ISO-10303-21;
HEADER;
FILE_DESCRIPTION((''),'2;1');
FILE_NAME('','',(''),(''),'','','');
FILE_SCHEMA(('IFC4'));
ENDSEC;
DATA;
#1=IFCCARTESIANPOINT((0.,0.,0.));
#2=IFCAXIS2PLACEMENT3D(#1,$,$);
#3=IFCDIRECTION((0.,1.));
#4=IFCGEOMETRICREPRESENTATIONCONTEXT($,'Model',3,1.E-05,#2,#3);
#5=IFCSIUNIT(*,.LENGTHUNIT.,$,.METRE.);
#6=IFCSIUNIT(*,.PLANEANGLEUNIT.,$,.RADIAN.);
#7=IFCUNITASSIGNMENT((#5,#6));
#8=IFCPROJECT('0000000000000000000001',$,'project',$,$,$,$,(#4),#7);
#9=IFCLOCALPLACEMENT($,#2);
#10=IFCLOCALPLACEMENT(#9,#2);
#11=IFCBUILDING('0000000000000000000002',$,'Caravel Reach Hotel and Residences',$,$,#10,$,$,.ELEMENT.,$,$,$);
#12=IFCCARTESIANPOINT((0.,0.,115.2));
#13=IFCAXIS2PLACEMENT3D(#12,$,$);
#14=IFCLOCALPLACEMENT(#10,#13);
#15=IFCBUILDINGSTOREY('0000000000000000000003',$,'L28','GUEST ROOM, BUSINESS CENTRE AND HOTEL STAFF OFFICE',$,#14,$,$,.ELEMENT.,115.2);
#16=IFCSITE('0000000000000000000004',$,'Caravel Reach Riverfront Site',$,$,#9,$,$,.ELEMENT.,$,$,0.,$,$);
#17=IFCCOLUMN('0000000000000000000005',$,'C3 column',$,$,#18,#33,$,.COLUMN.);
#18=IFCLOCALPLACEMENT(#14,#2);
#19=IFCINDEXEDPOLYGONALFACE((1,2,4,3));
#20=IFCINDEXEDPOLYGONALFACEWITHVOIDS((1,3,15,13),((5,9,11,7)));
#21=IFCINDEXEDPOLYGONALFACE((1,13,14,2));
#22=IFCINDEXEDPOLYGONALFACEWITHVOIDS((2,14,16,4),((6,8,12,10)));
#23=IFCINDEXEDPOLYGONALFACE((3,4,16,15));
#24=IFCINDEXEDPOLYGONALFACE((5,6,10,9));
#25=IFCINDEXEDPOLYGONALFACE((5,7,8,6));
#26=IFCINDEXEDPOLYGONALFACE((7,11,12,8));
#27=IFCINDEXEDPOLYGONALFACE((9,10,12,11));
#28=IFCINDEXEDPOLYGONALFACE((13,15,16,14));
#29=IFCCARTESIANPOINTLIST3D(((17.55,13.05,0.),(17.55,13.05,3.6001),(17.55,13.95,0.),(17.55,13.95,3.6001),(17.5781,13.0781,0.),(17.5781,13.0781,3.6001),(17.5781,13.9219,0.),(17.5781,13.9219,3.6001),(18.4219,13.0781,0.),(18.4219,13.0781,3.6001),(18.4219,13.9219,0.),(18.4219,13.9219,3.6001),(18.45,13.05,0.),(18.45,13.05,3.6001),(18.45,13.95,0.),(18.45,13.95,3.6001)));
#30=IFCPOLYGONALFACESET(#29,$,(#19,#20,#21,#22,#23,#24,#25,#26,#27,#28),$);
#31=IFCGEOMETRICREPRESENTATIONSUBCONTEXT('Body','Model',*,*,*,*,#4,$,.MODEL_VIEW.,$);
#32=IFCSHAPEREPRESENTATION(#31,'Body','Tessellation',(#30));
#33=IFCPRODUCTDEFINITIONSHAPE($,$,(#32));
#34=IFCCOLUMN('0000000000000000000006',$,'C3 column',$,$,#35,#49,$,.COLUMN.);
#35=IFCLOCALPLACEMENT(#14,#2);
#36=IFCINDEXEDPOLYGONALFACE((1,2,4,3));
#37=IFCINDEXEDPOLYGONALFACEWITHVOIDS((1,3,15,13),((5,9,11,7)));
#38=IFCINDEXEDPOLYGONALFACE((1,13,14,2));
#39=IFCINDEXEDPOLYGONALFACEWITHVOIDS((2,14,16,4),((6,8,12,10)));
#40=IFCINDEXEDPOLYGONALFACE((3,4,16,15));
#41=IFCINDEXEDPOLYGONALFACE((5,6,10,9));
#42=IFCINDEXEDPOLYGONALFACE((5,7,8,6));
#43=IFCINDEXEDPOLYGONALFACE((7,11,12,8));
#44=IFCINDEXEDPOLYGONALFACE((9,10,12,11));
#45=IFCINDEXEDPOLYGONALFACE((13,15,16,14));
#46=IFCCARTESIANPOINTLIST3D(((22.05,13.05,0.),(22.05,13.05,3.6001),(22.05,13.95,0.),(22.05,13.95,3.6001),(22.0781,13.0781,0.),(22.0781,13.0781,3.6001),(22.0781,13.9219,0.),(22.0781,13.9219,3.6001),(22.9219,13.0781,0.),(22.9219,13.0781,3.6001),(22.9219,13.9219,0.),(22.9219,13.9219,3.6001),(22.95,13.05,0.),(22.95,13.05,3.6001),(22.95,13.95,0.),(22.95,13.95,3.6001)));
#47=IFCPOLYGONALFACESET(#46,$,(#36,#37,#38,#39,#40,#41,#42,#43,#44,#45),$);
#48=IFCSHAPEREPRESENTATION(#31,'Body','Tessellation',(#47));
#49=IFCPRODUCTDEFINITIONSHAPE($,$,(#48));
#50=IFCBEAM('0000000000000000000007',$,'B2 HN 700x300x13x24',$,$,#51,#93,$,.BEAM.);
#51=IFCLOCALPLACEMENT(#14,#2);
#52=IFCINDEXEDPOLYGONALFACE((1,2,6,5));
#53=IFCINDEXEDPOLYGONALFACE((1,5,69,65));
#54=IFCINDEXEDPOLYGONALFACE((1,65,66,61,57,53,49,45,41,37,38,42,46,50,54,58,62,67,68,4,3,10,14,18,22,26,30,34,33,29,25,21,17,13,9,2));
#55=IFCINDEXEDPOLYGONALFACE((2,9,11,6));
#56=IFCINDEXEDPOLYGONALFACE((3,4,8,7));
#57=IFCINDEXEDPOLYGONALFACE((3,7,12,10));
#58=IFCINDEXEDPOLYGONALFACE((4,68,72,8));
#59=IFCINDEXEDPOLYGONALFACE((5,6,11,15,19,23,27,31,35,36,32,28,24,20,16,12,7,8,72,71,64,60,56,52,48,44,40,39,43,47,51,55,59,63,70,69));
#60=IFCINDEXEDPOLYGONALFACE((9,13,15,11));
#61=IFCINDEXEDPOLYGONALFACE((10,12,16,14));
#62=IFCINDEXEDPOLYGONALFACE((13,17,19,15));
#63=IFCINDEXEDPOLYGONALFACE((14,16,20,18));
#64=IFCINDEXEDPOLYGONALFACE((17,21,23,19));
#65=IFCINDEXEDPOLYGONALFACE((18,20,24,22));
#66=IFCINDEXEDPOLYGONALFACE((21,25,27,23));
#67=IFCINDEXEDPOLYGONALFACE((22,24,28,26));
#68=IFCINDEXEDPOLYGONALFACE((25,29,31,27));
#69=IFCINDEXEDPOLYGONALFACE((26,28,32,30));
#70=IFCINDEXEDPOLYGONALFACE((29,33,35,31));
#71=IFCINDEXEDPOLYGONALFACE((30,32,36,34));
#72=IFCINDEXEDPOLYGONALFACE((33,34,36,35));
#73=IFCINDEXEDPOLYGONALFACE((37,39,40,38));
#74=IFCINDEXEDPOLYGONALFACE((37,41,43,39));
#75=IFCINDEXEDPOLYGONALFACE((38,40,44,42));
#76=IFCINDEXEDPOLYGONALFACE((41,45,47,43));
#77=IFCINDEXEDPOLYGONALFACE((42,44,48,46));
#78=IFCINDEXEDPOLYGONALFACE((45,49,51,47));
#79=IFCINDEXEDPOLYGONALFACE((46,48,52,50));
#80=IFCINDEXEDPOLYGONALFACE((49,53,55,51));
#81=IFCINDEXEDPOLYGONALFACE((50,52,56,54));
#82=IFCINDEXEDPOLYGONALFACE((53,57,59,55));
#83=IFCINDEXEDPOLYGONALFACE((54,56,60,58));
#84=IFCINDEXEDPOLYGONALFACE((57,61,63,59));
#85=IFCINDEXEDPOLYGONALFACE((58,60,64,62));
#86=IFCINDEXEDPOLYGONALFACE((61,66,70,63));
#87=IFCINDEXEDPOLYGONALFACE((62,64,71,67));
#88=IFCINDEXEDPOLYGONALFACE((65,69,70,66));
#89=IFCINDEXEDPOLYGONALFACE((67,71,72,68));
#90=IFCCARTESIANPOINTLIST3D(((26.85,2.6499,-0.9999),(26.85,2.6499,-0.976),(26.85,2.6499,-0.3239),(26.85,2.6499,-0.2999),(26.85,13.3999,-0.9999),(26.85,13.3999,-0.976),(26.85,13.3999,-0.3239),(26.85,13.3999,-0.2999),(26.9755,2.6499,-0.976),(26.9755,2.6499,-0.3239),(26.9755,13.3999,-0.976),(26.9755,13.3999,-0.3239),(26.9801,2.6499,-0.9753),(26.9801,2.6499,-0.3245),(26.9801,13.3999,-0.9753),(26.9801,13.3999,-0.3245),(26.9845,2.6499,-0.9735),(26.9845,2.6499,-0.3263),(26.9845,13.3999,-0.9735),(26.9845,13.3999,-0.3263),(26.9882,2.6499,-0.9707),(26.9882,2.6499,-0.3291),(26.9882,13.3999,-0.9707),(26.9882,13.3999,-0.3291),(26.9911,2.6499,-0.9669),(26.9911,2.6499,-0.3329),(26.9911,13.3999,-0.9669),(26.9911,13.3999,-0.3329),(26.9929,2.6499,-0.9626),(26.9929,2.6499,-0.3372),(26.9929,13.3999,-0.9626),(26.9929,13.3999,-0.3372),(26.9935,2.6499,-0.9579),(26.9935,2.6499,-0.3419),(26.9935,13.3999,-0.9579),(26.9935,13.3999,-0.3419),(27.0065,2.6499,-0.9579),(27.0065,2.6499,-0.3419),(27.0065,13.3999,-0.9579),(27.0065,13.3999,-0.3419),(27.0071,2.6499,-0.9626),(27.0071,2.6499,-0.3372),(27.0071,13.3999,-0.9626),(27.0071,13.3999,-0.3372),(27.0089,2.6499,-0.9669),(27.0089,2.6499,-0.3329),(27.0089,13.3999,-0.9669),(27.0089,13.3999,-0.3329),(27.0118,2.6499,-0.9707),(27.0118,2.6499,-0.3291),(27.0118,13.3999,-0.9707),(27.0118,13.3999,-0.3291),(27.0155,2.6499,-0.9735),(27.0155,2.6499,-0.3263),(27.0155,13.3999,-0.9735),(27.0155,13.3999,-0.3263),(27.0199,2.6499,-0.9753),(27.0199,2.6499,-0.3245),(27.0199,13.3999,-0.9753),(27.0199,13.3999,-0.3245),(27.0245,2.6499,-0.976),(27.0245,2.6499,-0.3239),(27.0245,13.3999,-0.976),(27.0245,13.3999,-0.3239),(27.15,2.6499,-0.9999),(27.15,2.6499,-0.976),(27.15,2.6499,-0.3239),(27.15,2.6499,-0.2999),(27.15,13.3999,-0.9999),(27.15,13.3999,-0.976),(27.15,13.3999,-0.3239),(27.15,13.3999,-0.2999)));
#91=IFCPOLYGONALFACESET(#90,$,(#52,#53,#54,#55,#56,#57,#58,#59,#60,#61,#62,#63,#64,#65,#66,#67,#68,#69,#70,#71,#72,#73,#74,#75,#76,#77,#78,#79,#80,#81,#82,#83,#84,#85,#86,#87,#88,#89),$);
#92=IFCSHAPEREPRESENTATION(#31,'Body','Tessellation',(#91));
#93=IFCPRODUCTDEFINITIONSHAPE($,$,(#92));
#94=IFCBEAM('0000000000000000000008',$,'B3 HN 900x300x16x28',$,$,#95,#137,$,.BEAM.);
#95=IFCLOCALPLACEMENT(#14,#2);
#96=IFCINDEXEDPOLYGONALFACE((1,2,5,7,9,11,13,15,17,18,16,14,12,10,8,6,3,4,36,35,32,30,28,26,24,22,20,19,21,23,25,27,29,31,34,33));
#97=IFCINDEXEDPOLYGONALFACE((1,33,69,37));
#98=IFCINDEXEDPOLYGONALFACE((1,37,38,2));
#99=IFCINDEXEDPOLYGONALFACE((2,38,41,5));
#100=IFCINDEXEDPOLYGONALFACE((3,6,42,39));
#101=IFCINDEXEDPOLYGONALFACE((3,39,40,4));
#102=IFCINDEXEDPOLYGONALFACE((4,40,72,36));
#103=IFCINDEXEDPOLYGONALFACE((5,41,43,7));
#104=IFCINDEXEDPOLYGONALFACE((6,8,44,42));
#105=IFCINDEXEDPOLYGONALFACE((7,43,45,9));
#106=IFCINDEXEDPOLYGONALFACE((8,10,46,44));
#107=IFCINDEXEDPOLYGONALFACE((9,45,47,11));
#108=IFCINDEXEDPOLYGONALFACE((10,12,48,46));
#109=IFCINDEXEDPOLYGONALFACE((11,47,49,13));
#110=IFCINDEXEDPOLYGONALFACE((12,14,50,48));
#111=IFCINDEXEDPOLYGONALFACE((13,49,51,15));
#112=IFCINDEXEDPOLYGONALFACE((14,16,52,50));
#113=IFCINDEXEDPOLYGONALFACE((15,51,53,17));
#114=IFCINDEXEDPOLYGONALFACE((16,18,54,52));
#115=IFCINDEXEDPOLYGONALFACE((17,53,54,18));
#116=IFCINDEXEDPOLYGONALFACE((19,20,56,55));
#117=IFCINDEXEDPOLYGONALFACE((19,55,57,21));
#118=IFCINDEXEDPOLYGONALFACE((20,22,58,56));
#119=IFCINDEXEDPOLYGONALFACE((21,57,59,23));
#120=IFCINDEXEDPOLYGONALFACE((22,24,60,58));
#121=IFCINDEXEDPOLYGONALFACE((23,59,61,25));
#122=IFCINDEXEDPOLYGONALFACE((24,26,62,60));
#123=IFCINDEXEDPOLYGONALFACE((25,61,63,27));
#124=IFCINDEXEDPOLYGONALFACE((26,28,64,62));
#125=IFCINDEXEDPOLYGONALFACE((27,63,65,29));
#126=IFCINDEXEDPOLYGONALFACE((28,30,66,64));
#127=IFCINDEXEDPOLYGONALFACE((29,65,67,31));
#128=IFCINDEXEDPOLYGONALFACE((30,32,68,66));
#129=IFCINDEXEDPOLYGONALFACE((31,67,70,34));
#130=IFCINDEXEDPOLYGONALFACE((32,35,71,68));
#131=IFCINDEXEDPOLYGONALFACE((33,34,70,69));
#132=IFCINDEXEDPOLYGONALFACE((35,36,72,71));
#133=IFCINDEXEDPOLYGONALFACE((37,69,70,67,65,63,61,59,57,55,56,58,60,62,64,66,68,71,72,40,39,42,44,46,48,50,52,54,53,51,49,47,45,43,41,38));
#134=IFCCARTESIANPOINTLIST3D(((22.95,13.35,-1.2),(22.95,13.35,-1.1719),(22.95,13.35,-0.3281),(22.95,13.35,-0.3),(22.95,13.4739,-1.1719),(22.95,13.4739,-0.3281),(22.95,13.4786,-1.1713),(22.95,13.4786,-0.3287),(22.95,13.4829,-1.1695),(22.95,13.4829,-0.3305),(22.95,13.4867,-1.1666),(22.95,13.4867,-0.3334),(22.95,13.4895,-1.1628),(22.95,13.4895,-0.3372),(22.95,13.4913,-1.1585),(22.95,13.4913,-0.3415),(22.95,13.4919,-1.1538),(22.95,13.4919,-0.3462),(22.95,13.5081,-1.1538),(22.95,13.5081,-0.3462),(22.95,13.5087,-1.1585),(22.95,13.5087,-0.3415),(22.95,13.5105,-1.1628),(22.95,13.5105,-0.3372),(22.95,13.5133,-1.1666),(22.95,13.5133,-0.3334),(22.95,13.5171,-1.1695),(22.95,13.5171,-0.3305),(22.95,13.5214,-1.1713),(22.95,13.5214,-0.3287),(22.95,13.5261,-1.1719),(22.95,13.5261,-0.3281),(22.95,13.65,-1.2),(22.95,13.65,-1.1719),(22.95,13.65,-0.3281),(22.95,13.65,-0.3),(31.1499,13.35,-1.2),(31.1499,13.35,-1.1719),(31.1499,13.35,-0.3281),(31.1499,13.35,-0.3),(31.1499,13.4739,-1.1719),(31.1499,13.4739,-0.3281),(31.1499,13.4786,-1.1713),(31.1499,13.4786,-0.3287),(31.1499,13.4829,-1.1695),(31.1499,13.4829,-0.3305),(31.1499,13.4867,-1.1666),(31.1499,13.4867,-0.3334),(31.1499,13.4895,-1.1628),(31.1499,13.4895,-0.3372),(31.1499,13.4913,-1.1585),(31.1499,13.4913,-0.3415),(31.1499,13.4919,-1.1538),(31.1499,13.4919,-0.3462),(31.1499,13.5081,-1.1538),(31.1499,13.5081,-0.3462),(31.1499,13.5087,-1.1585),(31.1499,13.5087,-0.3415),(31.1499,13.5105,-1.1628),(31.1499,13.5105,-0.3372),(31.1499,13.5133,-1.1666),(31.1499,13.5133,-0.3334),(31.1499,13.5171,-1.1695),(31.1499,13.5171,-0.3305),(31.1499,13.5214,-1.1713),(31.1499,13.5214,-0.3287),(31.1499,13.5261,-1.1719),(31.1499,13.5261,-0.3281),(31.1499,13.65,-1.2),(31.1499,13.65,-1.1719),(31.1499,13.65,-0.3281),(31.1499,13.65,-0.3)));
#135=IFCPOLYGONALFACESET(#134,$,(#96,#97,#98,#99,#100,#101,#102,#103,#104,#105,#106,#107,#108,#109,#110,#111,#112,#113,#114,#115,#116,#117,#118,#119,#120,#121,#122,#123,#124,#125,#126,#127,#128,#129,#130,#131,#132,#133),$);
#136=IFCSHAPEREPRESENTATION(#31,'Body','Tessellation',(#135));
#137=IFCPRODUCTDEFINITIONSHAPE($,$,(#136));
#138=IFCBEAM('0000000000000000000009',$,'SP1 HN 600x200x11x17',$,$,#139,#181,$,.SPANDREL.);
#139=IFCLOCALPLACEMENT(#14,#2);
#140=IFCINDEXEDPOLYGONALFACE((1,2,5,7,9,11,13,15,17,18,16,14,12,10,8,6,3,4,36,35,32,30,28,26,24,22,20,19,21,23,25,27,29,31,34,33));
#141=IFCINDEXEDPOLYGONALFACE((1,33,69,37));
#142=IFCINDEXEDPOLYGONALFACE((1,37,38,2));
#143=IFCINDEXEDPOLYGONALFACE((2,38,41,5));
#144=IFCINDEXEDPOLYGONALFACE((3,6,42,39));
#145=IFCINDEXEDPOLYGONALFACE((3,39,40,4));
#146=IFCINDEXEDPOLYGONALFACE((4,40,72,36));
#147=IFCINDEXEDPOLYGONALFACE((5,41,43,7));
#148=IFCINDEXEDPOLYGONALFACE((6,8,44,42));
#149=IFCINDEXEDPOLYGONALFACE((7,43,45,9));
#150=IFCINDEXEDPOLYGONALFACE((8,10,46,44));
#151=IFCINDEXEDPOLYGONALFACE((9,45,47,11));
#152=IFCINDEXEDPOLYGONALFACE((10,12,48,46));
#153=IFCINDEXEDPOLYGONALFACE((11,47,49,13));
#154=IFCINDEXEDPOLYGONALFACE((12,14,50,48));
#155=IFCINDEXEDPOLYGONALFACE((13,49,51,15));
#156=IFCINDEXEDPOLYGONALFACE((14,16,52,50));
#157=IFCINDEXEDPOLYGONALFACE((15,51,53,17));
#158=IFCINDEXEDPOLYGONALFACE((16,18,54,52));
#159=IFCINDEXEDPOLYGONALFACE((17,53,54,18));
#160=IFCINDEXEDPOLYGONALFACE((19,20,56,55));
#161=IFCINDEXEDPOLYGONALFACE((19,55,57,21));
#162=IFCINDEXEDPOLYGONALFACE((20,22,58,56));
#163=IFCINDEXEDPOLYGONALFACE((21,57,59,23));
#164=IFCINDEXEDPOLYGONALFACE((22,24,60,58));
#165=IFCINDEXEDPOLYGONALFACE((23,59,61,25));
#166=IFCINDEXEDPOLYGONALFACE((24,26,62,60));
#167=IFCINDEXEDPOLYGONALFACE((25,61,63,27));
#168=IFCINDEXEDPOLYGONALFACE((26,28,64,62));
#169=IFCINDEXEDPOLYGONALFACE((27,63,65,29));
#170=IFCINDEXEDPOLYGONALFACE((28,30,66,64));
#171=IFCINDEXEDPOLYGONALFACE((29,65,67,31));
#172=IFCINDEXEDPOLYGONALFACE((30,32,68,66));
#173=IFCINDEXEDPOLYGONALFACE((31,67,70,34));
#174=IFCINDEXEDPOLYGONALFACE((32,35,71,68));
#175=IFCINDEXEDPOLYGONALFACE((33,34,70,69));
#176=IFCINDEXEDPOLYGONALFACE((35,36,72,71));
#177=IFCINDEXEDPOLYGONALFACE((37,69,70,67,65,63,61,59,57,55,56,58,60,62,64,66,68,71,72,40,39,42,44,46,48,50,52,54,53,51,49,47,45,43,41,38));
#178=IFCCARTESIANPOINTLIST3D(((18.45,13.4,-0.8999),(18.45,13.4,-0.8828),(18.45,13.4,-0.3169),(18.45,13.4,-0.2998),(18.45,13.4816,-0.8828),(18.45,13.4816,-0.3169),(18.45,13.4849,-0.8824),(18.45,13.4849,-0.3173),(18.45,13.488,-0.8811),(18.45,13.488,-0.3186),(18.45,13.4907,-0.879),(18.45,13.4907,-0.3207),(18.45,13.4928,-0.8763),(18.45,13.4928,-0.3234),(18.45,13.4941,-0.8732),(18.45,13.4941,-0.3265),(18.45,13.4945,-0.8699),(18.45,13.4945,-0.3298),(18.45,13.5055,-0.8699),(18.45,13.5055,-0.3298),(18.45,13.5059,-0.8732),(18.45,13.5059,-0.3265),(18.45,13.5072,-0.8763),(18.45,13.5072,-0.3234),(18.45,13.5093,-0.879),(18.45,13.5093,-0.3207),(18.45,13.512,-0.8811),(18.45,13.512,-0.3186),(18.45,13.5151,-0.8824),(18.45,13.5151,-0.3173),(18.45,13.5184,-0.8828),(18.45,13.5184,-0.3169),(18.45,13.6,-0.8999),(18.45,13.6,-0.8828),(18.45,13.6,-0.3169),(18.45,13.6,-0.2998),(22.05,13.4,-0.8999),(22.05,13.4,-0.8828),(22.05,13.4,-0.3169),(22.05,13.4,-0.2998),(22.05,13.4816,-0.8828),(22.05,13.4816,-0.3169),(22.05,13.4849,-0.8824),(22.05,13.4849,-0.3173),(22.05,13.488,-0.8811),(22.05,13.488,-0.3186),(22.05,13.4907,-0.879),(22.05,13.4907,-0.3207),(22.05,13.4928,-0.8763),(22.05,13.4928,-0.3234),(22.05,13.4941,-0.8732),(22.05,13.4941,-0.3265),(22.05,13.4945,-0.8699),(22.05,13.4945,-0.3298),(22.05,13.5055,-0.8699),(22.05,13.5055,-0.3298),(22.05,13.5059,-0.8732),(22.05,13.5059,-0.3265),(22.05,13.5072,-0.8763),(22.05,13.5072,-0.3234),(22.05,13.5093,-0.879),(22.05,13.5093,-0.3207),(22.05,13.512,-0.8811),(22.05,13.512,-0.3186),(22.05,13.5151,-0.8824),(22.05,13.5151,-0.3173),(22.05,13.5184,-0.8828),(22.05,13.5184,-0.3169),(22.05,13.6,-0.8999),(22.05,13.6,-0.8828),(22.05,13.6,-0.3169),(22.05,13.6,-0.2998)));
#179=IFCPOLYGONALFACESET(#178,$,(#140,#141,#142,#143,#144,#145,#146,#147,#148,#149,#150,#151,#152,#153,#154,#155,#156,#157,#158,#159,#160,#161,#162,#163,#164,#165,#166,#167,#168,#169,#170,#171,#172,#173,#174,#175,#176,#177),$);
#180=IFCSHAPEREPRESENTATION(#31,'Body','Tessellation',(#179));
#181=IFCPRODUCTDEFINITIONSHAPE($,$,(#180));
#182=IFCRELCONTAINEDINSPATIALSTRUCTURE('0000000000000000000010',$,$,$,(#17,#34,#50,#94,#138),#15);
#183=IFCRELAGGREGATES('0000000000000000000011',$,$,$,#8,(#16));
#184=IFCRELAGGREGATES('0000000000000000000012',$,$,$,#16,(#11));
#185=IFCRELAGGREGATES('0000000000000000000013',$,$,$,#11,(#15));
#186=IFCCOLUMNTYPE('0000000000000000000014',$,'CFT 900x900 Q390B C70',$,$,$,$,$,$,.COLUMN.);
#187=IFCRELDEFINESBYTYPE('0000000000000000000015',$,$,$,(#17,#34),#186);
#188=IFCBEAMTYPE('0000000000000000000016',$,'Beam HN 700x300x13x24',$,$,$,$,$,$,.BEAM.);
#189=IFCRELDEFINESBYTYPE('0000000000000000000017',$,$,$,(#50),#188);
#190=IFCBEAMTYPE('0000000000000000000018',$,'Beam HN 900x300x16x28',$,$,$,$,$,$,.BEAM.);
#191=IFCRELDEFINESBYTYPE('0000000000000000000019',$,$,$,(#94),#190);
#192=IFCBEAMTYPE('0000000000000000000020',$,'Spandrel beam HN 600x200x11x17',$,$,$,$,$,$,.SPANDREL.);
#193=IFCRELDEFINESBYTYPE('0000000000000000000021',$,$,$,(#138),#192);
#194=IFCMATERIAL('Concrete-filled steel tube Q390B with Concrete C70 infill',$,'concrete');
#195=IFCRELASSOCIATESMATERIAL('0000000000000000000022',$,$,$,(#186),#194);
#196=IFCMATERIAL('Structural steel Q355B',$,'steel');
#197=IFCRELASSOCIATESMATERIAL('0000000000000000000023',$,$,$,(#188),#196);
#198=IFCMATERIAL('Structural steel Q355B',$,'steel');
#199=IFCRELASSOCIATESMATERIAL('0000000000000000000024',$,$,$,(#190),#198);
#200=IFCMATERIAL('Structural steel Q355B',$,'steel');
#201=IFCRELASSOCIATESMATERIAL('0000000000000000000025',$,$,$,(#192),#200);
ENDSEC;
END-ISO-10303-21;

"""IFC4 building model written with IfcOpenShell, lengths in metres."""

from ifc_helpers import new_model, si_unit, direction, frame, origin, origin_2d, place, context, subcontext, project, spatial, hollow_rectangle, i_section, extrude, material, material_profile, profile_set, type_object, element, save


model = new_model("IFC4")

# Units and contexts
model_context = context("Model", 3, precision=1e-05, world=origin(), true_north=direction((0.0, 1.0)))
body_context = subcontext(model_context, "Body", "Model", "MODEL_VIEW")
ifc_project = project(units=[si_unit("LENGTHUNIT", "METRE"), si_unit("PLANEANGLEUNIT", "RADIAN")], contexts=[model_context])

# Site, building, storey
site_placement = place(None, origin())
site = spatial("IfcSite", under=ifc_project, at=site_placement, Name="Caravel Reach Riverfront Site", CompositionType="ELEMENT", RefElevation=0.0)
building_placement = place(site_placement, origin())
building = spatial("IfcBuilding", under=site, at=building_placement, Name="Caravel Reach Hotel and Residences", CompositionType="ELEMENT")
storey_placement = place(building_placement, frame((0.0, 0.0, 115.2)))
storey = spatial("IfcBuildingStorey", under=building, at=storey_placement, Name="L28", Description="GUEST ROOM, BUSINESS CENTRE AND HOTEL STAFF OFFICE", CompositionType="ELEMENT", Elevation=115.2)

# Columns
ifc_material_1 = material(Name="Concrete-filled steel tube Q390B with Concrete C70 infill", Category="concrete")
ifc_material_profile_1 = material_profile(ifc_material_1, hollow_rectangle(XDim=0.8999, YDim=0.8999, WallThickness=0.0281, at=origin_2d()), Name="RHS 900x900x28")
ifc_profile_set_1 = profile_set([ifc_material_profile_1], Name="Concrete-filled steel tube Q390B with Concrete C70 infill")
column_type = type_object("IfcColumnType", Name="CFT 900x900 Q390B C70", PredefinedType="COLUMN", material=ifc_profile_set_1)
for number, where, z_axis, x_axis, name in (
    (1, (18.0, 13.5, 0.0), (0.0, 0.0, 1.0), (1.0, 0.0, 0.0), "C3 column"),
    (2, (22.5, 13.5, 0.0), (0.0, 0.0, 1.0), (1.0, 0.0, 0.0), "C3 column"),
):
    element("IfcColumn", number, at=place(storey_placement, frame(where, z_axis=z_axis, x_axis=x_axis)), inside=storey, type_object=column_type, Name=name, PredefinedType="COLUMN", context=body_context, shape_type="SweptSolid", body=[
        extrude(hollow_rectangle(XDim=0.8999, YDim=0.8999, WallThickness=0.0281, at=origin_2d()), origin(), (0.0, 0.0, 1.0), 3.6001),
    ])

# Beams
ifc_material_2 = material(Name="Structural steel Q355B", Category="steel")
ifc_material_profile_2 = material_profile(ifc_material_2, i_section(OverallWidth=0.3, OverallDepth=0.7, WebThickness=0.0129, FlangeThickness=0.0239, FilletRadius=0.0181, at=origin_2d()), Name="HN 700x300x13x24")
ifc_profile_set_2 = profile_set([ifc_material_profile_2], Name="Structural steel Q355B")
beam_type_1 = type_object("IfcBeamType", Name="Beam HN 700x300x13x24", PredefinedType="BEAM", material=ifc_profile_set_2)
beam_1_placement = place(storey_placement, frame((27.0, 13.3999, -0.6499), z_axis=(0.0, -1.0, 0.0), x_axis=(1.0, 0.0, 0.0)))
element("IfcBeam", 3, at=beam_1_placement, inside=storey, type_object=beam_type_1, Name="B2 HN 700x300x13x24", PredefinedType="BEAM", context=body_context, shape_type="SweptSolid", body=[
    extrude(i_section(OverallWidth=0.3, OverallDepth=0.7, WebThickness=0.0129, FlangeThickness=0.0239, FilletRadius=0.0181, at=origin_2d()), origin(), (0.0, 0.0, 1.0), 10.75),
])
ifc_material_3 = material(Name="Structural steel Q355B", Category="steel")
ifc_material_profile_3 = material_profile(ifc_material_3, i_section(OverallWidth=0.3, OverallDepth=0.8999, WebThickness=0.0161, FlangeThickness=0.0281, FilletRadius=0.0181, at=origin_2d()), Name="HN 900x300x16x28")
ifc_profile_set_3 = profile_set([ifc_material_profile_3], Name="Structural steel Q355B")
beam_type_2 = type_object("IfcBeamType", Name="Beam HN 900x300x16x28", PredefinedType="BEAM", material=ifc_profile_set_3)
beam_2_placement = place(storey_placement, frame((22.95, 13.5, -0.75), z_axis=(1.0, 0.0, 0.0), x_axis=(0.0, 1.0, 0.0)))
element("IfcBeam", 4, at=beam_2_placement, inside=storey, type_object=beam_type_2, Name="B3 HN 900x300x16x28", PredefinedType="BEAM", context=body_context, shape_type="SweptSolid", body=[
    extrude(i_section(OverallWidth=0.3, OverallDepth=0.8999, WebThickness=0.0161, FlangeThickness=0.0281, FilletRadius=0.0181, at=origin_2d()), origin(), (0.0, 0.0, 1.0), 8.2),
])
ifc_material_4 = material(Name="Structural steel Q355B", Category="steel")
ifc_material_profile_4 = material_profile(ifc_material_4, i_section(OverallWidth=0.2, OverallDepth=0.6001, WebThickness=0.011, FlangeThickness=0.0171, FilletRadius=0.0129, at=origin_2d()), Name="HN 600x200x11x17")
ifc_profile_set_4 = profile_set([ifc_material_profile_4], Name="Structural steel Q355B")
beam_type_3 = type_object("IfcBeamType", Name="Spandrel beam HN 600x200x11x17", PredefinedType="SPANDREL", material=ifc_profile_set_4)
beam_3_placement = place(storey_placement, frame((18.45, 13.5, -0.5999), z_axis=(1.0, 0.0, 0.0), x_axis=(0.0, 1.0, 0.0)))
element("IfcBeam", 5, at=beam_3_placement, inside=storey, type_object=beam_type_3, Name="SP1 HN 600x200x11x17", PredefinedType="SPANDREL", context=body_context, shape_type="SweptSolid", body=[
    extrude(i_section(OverallWidth=0.2, OverallDepth=0.6001, WebThickness=0.011, FlangeThickness=0.0171, FilletRadius=0.0129, at=origin_2d()), origin(), (0.0, 0.0, 1.0), 3.6001),
])

save(model, "model.ifc")
